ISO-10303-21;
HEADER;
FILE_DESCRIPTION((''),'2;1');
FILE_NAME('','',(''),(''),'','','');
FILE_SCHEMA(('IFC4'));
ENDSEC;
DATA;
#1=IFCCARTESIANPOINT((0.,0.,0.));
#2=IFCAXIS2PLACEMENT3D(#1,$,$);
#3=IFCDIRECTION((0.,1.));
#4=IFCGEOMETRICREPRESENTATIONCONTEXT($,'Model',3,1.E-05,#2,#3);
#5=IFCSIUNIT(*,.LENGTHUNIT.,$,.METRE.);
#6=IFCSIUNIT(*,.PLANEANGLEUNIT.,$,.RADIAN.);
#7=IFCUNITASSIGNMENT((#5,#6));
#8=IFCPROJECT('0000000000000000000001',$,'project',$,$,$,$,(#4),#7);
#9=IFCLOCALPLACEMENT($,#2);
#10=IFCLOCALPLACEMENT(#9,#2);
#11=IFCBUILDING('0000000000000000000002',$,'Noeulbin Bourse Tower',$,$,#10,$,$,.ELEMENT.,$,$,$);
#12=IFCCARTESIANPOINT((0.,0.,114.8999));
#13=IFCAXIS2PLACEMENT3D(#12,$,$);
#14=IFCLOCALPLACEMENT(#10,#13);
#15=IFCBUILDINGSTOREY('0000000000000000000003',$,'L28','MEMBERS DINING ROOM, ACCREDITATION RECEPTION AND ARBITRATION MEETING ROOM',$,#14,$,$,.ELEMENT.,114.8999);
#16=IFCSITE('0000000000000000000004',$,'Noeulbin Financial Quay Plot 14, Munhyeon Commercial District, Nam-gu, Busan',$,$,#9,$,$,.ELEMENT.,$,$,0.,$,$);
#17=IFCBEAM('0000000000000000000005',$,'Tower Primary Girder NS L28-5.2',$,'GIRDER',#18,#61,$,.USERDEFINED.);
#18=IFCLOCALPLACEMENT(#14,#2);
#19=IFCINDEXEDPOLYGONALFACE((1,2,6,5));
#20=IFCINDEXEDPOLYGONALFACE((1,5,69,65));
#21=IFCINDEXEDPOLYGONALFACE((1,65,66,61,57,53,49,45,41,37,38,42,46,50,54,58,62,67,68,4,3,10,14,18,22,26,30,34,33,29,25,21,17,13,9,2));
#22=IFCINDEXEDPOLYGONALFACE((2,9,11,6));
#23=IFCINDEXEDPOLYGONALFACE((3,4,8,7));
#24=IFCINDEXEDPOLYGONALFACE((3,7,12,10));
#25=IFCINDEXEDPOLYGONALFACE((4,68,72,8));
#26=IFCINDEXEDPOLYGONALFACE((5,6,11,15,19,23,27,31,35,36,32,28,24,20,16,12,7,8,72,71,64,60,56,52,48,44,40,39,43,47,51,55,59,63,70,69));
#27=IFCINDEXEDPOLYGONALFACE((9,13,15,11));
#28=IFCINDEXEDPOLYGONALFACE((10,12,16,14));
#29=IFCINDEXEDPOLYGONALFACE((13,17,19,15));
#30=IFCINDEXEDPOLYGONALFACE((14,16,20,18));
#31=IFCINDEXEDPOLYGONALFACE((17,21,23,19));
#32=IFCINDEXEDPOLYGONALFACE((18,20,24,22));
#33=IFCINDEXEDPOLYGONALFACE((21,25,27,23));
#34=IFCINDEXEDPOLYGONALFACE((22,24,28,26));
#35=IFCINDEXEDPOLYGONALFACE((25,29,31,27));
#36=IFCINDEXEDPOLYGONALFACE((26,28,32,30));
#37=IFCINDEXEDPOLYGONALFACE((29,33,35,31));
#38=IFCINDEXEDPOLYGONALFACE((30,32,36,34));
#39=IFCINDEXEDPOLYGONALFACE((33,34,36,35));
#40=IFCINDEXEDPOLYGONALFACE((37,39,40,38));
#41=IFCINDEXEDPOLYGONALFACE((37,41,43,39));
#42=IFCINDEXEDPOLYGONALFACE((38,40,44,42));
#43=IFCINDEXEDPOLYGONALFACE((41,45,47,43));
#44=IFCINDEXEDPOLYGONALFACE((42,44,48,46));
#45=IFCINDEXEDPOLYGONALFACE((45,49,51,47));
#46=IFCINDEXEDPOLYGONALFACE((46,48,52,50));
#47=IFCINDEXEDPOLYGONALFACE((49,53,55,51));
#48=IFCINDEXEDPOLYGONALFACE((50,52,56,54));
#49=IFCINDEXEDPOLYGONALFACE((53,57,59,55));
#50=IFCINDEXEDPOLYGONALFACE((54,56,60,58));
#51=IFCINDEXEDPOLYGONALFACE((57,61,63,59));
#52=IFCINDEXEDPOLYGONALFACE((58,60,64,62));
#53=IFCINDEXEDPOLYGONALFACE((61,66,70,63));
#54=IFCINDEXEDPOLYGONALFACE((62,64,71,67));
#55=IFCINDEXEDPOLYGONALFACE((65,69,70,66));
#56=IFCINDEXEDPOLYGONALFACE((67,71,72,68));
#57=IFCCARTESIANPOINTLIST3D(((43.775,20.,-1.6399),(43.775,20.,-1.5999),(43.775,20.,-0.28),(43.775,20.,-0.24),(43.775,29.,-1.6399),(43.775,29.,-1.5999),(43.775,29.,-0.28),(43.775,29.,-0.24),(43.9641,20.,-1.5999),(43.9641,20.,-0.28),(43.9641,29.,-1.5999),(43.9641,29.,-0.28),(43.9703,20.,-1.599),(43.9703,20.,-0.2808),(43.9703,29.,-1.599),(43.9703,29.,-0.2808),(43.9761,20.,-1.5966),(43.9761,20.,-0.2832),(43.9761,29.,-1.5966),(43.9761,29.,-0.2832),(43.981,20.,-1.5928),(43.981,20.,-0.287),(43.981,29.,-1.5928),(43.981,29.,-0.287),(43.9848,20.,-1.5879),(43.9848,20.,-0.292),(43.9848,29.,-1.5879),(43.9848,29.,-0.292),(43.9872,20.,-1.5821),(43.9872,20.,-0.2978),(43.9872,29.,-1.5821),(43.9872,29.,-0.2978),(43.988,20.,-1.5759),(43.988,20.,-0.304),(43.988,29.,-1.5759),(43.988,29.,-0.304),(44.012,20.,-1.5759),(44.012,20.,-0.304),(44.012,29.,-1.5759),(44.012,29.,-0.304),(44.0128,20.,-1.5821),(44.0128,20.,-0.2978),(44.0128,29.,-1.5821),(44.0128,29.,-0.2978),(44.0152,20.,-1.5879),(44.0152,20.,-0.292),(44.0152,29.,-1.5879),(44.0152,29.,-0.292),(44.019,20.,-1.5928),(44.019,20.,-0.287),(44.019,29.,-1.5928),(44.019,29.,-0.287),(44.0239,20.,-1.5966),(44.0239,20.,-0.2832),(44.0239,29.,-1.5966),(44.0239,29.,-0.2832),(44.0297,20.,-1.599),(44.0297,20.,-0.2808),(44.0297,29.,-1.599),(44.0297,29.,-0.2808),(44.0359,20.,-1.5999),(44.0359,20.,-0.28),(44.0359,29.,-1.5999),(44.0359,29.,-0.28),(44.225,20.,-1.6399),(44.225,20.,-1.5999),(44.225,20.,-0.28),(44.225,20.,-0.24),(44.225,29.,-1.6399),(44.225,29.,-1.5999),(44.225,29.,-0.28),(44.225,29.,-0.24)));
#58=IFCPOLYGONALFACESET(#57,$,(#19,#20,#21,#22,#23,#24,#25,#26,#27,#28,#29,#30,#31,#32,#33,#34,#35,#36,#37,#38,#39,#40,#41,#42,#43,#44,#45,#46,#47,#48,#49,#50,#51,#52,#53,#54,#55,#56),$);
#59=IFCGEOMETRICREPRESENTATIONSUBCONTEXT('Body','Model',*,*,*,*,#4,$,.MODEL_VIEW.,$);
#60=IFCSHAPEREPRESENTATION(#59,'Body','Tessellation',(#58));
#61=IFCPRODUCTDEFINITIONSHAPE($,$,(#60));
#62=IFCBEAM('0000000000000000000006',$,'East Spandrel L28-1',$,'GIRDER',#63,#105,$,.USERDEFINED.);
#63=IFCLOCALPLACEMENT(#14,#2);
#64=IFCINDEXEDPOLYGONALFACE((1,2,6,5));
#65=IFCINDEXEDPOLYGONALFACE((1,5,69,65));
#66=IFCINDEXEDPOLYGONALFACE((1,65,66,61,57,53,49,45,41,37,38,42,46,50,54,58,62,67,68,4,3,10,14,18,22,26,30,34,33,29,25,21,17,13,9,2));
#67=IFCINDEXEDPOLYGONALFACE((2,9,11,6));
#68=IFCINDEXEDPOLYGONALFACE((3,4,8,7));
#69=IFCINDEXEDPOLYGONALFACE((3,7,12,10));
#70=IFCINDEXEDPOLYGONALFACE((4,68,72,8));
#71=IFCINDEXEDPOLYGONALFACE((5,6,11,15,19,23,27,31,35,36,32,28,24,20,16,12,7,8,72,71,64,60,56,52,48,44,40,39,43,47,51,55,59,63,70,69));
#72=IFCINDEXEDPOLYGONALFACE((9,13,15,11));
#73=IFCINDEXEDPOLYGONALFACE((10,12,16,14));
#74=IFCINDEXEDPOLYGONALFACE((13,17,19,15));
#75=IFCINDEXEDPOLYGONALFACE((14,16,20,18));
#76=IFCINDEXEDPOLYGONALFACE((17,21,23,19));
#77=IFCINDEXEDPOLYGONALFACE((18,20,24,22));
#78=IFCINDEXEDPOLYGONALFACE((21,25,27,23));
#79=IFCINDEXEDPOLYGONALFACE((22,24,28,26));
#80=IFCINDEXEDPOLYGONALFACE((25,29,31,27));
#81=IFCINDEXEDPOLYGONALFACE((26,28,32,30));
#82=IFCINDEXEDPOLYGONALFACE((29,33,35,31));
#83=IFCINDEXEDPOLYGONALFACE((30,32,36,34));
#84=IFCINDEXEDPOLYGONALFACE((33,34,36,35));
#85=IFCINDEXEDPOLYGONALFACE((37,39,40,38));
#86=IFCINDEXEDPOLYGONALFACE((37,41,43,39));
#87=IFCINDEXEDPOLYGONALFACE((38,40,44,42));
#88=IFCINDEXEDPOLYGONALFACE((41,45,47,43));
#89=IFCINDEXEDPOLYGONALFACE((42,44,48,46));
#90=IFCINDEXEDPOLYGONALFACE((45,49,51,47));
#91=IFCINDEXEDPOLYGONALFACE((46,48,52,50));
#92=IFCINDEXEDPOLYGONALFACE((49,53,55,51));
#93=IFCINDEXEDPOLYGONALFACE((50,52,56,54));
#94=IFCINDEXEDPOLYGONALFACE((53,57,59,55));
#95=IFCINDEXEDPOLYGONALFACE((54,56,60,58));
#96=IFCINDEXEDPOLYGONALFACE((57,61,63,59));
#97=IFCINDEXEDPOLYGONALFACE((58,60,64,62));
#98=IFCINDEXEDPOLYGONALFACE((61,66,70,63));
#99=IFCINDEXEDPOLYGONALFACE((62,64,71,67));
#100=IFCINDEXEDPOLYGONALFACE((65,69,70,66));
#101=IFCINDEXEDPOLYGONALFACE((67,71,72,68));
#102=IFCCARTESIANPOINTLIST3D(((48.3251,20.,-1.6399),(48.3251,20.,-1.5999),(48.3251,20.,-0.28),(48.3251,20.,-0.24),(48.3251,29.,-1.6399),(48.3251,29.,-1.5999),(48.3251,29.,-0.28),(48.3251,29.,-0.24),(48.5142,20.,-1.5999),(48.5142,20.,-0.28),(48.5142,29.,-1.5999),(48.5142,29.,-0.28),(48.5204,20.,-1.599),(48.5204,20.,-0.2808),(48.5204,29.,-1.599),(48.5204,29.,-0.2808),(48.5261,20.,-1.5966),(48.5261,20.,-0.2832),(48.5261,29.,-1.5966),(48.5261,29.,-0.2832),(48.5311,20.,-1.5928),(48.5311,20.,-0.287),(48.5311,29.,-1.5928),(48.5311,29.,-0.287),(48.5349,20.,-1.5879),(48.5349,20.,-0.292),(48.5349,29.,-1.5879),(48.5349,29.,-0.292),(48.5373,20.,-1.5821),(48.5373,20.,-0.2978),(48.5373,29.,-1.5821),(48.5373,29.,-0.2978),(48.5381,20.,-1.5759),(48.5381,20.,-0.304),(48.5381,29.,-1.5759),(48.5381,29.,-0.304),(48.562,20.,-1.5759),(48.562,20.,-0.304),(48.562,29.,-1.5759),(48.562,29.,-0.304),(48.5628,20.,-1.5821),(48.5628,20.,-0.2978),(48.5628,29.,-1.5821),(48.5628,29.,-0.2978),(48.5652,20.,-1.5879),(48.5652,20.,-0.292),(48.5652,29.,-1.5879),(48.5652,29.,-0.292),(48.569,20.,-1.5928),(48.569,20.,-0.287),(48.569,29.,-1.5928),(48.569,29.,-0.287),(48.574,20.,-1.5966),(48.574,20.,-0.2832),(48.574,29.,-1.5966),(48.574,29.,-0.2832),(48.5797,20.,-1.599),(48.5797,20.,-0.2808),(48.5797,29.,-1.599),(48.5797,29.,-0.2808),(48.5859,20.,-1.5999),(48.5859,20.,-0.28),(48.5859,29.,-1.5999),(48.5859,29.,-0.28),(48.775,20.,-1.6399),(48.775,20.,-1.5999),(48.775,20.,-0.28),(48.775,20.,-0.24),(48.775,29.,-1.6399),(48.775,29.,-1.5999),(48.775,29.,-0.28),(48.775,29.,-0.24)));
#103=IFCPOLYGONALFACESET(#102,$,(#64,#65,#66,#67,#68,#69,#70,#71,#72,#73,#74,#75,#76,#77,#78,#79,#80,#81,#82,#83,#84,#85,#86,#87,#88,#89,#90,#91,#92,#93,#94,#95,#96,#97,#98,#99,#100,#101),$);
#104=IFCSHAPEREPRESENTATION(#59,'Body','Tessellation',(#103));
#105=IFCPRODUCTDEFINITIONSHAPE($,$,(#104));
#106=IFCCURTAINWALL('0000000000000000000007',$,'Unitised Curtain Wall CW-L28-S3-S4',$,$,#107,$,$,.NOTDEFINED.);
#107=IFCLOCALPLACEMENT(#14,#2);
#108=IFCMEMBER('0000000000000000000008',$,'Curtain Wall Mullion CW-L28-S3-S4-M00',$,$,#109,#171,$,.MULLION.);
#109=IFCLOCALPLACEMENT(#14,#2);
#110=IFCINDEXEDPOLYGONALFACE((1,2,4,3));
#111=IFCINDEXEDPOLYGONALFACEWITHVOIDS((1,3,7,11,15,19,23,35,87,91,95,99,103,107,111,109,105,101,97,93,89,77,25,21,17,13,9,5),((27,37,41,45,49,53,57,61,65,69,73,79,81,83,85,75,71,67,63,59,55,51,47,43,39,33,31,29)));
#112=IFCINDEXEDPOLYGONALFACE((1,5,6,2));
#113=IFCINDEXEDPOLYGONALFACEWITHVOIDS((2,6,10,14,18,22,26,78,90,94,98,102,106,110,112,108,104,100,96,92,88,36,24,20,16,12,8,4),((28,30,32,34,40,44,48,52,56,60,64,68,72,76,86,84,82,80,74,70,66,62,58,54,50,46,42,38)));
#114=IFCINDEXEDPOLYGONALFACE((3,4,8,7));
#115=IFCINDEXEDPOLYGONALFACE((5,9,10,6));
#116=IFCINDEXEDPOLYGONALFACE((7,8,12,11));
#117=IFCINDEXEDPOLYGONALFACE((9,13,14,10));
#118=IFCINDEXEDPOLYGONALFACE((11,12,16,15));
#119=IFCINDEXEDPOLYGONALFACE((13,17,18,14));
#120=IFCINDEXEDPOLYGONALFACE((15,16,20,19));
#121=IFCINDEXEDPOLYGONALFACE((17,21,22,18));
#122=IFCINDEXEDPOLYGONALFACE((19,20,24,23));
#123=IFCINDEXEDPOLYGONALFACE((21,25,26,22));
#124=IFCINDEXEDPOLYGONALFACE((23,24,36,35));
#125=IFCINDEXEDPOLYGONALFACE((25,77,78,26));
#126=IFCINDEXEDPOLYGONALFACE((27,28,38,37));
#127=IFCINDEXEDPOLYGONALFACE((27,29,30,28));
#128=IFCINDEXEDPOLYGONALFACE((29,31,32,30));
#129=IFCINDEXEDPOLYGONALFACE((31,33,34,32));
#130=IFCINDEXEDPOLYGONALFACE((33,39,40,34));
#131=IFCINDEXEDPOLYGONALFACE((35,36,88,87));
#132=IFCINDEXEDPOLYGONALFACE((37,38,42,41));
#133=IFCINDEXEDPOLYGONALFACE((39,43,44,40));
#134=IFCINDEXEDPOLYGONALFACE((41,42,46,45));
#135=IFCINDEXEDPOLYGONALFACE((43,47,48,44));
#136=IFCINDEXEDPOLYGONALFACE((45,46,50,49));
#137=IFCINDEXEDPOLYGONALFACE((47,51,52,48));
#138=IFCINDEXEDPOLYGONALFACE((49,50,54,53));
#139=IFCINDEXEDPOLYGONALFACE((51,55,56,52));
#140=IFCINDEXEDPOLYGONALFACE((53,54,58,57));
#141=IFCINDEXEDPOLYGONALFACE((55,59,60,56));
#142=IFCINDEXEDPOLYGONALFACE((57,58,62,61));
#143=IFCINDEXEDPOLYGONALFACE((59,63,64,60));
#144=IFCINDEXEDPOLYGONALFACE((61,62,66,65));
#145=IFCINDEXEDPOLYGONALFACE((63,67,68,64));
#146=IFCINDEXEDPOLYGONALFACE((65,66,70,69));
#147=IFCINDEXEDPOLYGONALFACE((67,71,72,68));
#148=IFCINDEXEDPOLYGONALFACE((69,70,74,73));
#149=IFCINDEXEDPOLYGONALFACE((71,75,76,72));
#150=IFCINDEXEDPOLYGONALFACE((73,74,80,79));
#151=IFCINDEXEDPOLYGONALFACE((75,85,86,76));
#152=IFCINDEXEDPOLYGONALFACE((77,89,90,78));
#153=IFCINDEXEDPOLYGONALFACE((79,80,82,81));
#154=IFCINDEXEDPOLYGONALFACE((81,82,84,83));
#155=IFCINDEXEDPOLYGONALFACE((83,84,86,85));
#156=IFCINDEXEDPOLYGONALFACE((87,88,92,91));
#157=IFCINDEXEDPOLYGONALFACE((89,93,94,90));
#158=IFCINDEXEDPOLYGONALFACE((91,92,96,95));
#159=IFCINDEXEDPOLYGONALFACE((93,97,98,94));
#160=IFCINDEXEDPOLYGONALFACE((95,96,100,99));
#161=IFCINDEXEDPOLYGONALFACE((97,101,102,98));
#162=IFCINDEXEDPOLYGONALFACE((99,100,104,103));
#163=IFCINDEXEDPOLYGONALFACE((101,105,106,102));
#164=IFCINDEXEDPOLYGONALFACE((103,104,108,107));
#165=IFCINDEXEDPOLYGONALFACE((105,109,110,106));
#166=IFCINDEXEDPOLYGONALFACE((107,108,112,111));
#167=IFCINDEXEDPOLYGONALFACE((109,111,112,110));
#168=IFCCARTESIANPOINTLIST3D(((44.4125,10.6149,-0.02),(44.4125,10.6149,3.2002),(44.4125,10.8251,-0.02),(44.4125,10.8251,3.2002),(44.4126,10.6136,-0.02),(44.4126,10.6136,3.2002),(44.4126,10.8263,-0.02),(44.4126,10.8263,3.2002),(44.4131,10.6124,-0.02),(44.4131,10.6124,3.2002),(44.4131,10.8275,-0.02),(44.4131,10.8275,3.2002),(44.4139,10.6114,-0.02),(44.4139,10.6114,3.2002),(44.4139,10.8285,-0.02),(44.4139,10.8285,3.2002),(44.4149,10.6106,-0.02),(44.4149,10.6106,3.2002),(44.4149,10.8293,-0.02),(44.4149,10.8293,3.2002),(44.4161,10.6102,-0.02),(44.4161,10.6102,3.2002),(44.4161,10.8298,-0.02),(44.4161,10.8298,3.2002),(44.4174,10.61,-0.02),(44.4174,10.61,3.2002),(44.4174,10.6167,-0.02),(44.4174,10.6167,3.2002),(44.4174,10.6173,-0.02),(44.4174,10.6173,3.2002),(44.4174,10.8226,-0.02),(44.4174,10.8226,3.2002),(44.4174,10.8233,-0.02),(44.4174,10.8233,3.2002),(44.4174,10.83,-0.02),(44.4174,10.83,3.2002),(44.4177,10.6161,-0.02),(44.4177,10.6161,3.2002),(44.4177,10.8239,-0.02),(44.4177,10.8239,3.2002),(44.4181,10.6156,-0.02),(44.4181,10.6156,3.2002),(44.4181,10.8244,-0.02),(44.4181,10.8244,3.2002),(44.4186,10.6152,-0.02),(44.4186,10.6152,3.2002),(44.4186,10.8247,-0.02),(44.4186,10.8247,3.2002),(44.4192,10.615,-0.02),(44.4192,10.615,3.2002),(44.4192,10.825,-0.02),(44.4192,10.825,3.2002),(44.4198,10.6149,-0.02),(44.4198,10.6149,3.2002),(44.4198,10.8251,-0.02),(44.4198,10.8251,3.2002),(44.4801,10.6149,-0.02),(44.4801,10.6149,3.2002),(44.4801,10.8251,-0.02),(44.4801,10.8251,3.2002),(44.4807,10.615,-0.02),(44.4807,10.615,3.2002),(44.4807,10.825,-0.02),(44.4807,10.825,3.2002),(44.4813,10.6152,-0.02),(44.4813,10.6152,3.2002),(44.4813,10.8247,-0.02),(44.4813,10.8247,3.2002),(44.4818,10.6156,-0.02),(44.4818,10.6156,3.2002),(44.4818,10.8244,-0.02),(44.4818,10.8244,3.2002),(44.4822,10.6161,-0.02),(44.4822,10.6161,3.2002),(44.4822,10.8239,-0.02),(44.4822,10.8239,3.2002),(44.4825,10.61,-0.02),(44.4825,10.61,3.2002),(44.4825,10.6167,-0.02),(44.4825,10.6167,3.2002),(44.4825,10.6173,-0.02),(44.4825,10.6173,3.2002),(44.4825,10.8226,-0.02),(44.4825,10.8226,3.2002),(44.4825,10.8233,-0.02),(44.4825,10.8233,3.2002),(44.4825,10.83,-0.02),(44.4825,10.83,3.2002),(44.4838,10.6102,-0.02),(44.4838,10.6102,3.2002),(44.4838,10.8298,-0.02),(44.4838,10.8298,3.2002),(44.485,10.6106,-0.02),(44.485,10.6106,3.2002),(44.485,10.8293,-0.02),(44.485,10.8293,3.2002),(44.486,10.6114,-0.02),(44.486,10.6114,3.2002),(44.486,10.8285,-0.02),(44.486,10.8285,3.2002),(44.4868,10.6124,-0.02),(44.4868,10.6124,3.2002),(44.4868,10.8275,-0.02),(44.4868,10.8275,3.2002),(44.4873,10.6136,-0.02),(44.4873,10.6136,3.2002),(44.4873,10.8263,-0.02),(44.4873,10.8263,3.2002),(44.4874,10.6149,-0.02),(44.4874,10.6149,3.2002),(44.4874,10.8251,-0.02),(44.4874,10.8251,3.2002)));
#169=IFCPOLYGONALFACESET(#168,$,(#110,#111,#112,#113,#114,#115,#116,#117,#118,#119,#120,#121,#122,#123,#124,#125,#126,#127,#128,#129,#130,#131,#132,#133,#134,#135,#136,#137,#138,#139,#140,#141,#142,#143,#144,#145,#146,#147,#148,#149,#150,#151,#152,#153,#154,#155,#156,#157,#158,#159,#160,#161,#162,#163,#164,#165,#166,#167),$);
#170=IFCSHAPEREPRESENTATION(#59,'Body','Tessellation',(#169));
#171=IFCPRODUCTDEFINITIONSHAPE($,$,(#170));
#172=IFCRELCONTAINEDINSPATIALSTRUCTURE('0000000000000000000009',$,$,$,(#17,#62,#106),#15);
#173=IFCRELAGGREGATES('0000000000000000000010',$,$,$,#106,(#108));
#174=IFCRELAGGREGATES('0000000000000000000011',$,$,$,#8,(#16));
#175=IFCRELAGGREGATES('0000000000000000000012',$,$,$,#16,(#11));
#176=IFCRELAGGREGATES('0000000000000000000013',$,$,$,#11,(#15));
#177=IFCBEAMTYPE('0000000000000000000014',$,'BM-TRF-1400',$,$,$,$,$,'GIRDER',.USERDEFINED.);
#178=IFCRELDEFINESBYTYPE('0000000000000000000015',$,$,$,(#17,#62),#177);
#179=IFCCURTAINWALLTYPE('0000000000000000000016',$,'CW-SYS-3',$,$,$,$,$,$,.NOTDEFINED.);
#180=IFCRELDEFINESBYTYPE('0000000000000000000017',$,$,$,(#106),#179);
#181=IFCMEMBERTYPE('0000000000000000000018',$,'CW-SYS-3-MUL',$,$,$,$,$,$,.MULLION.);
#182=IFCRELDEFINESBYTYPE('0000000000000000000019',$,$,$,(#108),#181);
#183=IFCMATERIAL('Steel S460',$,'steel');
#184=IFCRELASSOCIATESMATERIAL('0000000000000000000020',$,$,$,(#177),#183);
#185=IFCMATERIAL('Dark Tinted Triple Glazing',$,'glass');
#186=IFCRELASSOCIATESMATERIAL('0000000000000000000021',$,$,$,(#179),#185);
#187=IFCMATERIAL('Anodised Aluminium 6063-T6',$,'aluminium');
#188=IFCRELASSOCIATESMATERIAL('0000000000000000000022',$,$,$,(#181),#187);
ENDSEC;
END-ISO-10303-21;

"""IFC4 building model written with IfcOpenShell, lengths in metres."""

from ifc_helpers import new_model, si_unit, direction, frame, origin, origin_2d, place, context, subcontext, project, spatial, hollow_rectangle, i_section, extrude, material, material_profile, profile_set, type_object, element, aggregate, save


model = new_model("IFC4")

# Units and contexts
model_context = context("Model", 3, precision=1e-05, world=origin(), true_north=direction((0.0, 1.0)))
body_context = subcontext(model_context, "Body", "Model", "MODEL_VIEW")
ifc_project = project(units=[si_unit("LENGTHUNIT", "METRE"), si_unit("PLANEANGLEUNIT", "RADIAN")], contexts=[model_context])

# Site, building, storey
site_placement = place(None, origin())
site = spatial("IfcSite", under=ifc_project, at=site_placement, Name="Noeulbin Financial Quay Plot 14, Munhyeon Commercial District, Nam-gu, Busan", CompositionType="ELEMENT", RefElevation=0.0)
building_placement = place(site_placement, origin())
building = spatial("IfcBuilding", under=site, at=building_placement, Name="Noeulbin Bourse Tower", CompositionType="ELEMENT")
storey_placement = place(building_placement, frame((0.0, 0.0, 114.8999)))
storey = spatial("IfcBuildingStorey", under=building, at=storey_placement, Name="L28", Description="MEMBERS DINING ROOM, ACCREDITATION RECEPTION AND ARBITRATION MEETING ROOM", CompositionType="ELEMENT", Elevation=114.8999)

# Shared definitions
ifc_material_1 = material(Name="Steel S460", Category="steel")

# Beams
ifc_material_profile_1 = material_profile(ifc_material_1, i_section(OverallWidth=0.45, OverallDepth=1.3999, WebThickness=0.0239, FlangeThickness=0.04, FilletRadius=0.0239, at=origin_2d()), Name="PG-1400x450x24x40", Category="LoadBearing")
ifc_profile_set_1 = profile_set([ifc_material_profile_1], Name="Steel S460")
beam_type = type_object("IfcBeamType", Name="BM-TRF-1400", ElementType="GIRDER", PredefinedType="USERDEFINED", material=ifc_profile_set_1)
for number, where, z_axis, x_axis, name in (
    (1, (44.0, 20.0, -0.9399), (0.0, 1.0, 0.0), (-1.0, 0.0, 0.0), "Tower Primary Girder NS L28-5.2"),
    (2, (48.55, 20.0, -0.9399), (0.0, 1.0, 0.0), (-1.0, 0.0, 0.0), "East Spandrel L28-1"),
):
    element("IfcBeam", number, at=place(storey_placement, frame(where, z_axis=z_axis, x_axis=x_axis)), inside=storey, type_object=beam_type, Name=name, ObjectType="GIRDER", PredefinedType="USERDEFINED", context=body_context, shape_type="SweptSolid", body=[
        extrude(i_section(OverallWidth=0.45, OverallDepth=1.3999, WebThickness=0.0239, FlangeThickness=0.04, FilletRadius=0.0239, at=origin_2d()), origin(), (0.0, 0.0, 1.0), 9.0),
    ])

# Curtain wall, member
ifc_material_2 = material(Name="Dark Tinted Triple Glazing", Category="glass")
curtain_wall_type = type_object("IfcCurtainWallType", Name="CW-SYS-3", PredefinedType="NOTDEFINED", material=ifc_material_2)
curtain_wall_1_placement = place(storey_placement, origin())
curtain_wall_1 = element("IfcCurtainWall", 3, at=curtain_wall_1_placement, inside=storey, type_object=curtain_wall_type, Name="Unitised Curtain Wall CW-L28-S3-S4", PredefinedType="NOTDEFINED")
ifc_material_3 = material(Name="Anodised Aluminium 6063-T6", Category="aluminium")
ifc_material_profile_2 = material_profile(ifc_material_3, hollow_rectangle(XDim=0.075, YDim=0.22, WallThickness=0.0049, InnerFilletRadius=0.0024, OuterFilletRadius=0.0049, at=origin_2d()), Name="ALU-MULL-75x220x5", Category="LoadBearing")
ifc_profile_set_2 = profile_set([ifc_material_profile_2], Name="Anodised Aluminium 6063-T6")
member_type_1 = type_object("IfcMemberType", Name="CW-SYS-3-MUL", PredefinedType="MULLION", material=ifc_profile_set_2)
member_1_placement = place(storey_placement, frame((44.45, 10.72, -0.02), z_axis=(0.0, 0.0, 1.0), x_axis=(1.0, 0.0, 0.0)))
member_1 = element("IfcMember", 4, at=member_1_placement, type_object=member_type_1, Name="Curtain Wall Mullion CW-L28-S3-S4-M00", PredefinedType="MULLION", context=body_context, shape_type="SweptSolid", body=[
    extrude(hollow_rectangle(XDim=0.075, YDim=0.22, WallThickness=0.0049, InnerFilletRadius=0.0024, OuterFilletRadius=0.0049, at=origin_2d()), origin(), (0.0, 0.0, 1.0), 3.2202),
])

aggregate(curtain_wall_1, [member_1])

save(model, "model.ifc")
